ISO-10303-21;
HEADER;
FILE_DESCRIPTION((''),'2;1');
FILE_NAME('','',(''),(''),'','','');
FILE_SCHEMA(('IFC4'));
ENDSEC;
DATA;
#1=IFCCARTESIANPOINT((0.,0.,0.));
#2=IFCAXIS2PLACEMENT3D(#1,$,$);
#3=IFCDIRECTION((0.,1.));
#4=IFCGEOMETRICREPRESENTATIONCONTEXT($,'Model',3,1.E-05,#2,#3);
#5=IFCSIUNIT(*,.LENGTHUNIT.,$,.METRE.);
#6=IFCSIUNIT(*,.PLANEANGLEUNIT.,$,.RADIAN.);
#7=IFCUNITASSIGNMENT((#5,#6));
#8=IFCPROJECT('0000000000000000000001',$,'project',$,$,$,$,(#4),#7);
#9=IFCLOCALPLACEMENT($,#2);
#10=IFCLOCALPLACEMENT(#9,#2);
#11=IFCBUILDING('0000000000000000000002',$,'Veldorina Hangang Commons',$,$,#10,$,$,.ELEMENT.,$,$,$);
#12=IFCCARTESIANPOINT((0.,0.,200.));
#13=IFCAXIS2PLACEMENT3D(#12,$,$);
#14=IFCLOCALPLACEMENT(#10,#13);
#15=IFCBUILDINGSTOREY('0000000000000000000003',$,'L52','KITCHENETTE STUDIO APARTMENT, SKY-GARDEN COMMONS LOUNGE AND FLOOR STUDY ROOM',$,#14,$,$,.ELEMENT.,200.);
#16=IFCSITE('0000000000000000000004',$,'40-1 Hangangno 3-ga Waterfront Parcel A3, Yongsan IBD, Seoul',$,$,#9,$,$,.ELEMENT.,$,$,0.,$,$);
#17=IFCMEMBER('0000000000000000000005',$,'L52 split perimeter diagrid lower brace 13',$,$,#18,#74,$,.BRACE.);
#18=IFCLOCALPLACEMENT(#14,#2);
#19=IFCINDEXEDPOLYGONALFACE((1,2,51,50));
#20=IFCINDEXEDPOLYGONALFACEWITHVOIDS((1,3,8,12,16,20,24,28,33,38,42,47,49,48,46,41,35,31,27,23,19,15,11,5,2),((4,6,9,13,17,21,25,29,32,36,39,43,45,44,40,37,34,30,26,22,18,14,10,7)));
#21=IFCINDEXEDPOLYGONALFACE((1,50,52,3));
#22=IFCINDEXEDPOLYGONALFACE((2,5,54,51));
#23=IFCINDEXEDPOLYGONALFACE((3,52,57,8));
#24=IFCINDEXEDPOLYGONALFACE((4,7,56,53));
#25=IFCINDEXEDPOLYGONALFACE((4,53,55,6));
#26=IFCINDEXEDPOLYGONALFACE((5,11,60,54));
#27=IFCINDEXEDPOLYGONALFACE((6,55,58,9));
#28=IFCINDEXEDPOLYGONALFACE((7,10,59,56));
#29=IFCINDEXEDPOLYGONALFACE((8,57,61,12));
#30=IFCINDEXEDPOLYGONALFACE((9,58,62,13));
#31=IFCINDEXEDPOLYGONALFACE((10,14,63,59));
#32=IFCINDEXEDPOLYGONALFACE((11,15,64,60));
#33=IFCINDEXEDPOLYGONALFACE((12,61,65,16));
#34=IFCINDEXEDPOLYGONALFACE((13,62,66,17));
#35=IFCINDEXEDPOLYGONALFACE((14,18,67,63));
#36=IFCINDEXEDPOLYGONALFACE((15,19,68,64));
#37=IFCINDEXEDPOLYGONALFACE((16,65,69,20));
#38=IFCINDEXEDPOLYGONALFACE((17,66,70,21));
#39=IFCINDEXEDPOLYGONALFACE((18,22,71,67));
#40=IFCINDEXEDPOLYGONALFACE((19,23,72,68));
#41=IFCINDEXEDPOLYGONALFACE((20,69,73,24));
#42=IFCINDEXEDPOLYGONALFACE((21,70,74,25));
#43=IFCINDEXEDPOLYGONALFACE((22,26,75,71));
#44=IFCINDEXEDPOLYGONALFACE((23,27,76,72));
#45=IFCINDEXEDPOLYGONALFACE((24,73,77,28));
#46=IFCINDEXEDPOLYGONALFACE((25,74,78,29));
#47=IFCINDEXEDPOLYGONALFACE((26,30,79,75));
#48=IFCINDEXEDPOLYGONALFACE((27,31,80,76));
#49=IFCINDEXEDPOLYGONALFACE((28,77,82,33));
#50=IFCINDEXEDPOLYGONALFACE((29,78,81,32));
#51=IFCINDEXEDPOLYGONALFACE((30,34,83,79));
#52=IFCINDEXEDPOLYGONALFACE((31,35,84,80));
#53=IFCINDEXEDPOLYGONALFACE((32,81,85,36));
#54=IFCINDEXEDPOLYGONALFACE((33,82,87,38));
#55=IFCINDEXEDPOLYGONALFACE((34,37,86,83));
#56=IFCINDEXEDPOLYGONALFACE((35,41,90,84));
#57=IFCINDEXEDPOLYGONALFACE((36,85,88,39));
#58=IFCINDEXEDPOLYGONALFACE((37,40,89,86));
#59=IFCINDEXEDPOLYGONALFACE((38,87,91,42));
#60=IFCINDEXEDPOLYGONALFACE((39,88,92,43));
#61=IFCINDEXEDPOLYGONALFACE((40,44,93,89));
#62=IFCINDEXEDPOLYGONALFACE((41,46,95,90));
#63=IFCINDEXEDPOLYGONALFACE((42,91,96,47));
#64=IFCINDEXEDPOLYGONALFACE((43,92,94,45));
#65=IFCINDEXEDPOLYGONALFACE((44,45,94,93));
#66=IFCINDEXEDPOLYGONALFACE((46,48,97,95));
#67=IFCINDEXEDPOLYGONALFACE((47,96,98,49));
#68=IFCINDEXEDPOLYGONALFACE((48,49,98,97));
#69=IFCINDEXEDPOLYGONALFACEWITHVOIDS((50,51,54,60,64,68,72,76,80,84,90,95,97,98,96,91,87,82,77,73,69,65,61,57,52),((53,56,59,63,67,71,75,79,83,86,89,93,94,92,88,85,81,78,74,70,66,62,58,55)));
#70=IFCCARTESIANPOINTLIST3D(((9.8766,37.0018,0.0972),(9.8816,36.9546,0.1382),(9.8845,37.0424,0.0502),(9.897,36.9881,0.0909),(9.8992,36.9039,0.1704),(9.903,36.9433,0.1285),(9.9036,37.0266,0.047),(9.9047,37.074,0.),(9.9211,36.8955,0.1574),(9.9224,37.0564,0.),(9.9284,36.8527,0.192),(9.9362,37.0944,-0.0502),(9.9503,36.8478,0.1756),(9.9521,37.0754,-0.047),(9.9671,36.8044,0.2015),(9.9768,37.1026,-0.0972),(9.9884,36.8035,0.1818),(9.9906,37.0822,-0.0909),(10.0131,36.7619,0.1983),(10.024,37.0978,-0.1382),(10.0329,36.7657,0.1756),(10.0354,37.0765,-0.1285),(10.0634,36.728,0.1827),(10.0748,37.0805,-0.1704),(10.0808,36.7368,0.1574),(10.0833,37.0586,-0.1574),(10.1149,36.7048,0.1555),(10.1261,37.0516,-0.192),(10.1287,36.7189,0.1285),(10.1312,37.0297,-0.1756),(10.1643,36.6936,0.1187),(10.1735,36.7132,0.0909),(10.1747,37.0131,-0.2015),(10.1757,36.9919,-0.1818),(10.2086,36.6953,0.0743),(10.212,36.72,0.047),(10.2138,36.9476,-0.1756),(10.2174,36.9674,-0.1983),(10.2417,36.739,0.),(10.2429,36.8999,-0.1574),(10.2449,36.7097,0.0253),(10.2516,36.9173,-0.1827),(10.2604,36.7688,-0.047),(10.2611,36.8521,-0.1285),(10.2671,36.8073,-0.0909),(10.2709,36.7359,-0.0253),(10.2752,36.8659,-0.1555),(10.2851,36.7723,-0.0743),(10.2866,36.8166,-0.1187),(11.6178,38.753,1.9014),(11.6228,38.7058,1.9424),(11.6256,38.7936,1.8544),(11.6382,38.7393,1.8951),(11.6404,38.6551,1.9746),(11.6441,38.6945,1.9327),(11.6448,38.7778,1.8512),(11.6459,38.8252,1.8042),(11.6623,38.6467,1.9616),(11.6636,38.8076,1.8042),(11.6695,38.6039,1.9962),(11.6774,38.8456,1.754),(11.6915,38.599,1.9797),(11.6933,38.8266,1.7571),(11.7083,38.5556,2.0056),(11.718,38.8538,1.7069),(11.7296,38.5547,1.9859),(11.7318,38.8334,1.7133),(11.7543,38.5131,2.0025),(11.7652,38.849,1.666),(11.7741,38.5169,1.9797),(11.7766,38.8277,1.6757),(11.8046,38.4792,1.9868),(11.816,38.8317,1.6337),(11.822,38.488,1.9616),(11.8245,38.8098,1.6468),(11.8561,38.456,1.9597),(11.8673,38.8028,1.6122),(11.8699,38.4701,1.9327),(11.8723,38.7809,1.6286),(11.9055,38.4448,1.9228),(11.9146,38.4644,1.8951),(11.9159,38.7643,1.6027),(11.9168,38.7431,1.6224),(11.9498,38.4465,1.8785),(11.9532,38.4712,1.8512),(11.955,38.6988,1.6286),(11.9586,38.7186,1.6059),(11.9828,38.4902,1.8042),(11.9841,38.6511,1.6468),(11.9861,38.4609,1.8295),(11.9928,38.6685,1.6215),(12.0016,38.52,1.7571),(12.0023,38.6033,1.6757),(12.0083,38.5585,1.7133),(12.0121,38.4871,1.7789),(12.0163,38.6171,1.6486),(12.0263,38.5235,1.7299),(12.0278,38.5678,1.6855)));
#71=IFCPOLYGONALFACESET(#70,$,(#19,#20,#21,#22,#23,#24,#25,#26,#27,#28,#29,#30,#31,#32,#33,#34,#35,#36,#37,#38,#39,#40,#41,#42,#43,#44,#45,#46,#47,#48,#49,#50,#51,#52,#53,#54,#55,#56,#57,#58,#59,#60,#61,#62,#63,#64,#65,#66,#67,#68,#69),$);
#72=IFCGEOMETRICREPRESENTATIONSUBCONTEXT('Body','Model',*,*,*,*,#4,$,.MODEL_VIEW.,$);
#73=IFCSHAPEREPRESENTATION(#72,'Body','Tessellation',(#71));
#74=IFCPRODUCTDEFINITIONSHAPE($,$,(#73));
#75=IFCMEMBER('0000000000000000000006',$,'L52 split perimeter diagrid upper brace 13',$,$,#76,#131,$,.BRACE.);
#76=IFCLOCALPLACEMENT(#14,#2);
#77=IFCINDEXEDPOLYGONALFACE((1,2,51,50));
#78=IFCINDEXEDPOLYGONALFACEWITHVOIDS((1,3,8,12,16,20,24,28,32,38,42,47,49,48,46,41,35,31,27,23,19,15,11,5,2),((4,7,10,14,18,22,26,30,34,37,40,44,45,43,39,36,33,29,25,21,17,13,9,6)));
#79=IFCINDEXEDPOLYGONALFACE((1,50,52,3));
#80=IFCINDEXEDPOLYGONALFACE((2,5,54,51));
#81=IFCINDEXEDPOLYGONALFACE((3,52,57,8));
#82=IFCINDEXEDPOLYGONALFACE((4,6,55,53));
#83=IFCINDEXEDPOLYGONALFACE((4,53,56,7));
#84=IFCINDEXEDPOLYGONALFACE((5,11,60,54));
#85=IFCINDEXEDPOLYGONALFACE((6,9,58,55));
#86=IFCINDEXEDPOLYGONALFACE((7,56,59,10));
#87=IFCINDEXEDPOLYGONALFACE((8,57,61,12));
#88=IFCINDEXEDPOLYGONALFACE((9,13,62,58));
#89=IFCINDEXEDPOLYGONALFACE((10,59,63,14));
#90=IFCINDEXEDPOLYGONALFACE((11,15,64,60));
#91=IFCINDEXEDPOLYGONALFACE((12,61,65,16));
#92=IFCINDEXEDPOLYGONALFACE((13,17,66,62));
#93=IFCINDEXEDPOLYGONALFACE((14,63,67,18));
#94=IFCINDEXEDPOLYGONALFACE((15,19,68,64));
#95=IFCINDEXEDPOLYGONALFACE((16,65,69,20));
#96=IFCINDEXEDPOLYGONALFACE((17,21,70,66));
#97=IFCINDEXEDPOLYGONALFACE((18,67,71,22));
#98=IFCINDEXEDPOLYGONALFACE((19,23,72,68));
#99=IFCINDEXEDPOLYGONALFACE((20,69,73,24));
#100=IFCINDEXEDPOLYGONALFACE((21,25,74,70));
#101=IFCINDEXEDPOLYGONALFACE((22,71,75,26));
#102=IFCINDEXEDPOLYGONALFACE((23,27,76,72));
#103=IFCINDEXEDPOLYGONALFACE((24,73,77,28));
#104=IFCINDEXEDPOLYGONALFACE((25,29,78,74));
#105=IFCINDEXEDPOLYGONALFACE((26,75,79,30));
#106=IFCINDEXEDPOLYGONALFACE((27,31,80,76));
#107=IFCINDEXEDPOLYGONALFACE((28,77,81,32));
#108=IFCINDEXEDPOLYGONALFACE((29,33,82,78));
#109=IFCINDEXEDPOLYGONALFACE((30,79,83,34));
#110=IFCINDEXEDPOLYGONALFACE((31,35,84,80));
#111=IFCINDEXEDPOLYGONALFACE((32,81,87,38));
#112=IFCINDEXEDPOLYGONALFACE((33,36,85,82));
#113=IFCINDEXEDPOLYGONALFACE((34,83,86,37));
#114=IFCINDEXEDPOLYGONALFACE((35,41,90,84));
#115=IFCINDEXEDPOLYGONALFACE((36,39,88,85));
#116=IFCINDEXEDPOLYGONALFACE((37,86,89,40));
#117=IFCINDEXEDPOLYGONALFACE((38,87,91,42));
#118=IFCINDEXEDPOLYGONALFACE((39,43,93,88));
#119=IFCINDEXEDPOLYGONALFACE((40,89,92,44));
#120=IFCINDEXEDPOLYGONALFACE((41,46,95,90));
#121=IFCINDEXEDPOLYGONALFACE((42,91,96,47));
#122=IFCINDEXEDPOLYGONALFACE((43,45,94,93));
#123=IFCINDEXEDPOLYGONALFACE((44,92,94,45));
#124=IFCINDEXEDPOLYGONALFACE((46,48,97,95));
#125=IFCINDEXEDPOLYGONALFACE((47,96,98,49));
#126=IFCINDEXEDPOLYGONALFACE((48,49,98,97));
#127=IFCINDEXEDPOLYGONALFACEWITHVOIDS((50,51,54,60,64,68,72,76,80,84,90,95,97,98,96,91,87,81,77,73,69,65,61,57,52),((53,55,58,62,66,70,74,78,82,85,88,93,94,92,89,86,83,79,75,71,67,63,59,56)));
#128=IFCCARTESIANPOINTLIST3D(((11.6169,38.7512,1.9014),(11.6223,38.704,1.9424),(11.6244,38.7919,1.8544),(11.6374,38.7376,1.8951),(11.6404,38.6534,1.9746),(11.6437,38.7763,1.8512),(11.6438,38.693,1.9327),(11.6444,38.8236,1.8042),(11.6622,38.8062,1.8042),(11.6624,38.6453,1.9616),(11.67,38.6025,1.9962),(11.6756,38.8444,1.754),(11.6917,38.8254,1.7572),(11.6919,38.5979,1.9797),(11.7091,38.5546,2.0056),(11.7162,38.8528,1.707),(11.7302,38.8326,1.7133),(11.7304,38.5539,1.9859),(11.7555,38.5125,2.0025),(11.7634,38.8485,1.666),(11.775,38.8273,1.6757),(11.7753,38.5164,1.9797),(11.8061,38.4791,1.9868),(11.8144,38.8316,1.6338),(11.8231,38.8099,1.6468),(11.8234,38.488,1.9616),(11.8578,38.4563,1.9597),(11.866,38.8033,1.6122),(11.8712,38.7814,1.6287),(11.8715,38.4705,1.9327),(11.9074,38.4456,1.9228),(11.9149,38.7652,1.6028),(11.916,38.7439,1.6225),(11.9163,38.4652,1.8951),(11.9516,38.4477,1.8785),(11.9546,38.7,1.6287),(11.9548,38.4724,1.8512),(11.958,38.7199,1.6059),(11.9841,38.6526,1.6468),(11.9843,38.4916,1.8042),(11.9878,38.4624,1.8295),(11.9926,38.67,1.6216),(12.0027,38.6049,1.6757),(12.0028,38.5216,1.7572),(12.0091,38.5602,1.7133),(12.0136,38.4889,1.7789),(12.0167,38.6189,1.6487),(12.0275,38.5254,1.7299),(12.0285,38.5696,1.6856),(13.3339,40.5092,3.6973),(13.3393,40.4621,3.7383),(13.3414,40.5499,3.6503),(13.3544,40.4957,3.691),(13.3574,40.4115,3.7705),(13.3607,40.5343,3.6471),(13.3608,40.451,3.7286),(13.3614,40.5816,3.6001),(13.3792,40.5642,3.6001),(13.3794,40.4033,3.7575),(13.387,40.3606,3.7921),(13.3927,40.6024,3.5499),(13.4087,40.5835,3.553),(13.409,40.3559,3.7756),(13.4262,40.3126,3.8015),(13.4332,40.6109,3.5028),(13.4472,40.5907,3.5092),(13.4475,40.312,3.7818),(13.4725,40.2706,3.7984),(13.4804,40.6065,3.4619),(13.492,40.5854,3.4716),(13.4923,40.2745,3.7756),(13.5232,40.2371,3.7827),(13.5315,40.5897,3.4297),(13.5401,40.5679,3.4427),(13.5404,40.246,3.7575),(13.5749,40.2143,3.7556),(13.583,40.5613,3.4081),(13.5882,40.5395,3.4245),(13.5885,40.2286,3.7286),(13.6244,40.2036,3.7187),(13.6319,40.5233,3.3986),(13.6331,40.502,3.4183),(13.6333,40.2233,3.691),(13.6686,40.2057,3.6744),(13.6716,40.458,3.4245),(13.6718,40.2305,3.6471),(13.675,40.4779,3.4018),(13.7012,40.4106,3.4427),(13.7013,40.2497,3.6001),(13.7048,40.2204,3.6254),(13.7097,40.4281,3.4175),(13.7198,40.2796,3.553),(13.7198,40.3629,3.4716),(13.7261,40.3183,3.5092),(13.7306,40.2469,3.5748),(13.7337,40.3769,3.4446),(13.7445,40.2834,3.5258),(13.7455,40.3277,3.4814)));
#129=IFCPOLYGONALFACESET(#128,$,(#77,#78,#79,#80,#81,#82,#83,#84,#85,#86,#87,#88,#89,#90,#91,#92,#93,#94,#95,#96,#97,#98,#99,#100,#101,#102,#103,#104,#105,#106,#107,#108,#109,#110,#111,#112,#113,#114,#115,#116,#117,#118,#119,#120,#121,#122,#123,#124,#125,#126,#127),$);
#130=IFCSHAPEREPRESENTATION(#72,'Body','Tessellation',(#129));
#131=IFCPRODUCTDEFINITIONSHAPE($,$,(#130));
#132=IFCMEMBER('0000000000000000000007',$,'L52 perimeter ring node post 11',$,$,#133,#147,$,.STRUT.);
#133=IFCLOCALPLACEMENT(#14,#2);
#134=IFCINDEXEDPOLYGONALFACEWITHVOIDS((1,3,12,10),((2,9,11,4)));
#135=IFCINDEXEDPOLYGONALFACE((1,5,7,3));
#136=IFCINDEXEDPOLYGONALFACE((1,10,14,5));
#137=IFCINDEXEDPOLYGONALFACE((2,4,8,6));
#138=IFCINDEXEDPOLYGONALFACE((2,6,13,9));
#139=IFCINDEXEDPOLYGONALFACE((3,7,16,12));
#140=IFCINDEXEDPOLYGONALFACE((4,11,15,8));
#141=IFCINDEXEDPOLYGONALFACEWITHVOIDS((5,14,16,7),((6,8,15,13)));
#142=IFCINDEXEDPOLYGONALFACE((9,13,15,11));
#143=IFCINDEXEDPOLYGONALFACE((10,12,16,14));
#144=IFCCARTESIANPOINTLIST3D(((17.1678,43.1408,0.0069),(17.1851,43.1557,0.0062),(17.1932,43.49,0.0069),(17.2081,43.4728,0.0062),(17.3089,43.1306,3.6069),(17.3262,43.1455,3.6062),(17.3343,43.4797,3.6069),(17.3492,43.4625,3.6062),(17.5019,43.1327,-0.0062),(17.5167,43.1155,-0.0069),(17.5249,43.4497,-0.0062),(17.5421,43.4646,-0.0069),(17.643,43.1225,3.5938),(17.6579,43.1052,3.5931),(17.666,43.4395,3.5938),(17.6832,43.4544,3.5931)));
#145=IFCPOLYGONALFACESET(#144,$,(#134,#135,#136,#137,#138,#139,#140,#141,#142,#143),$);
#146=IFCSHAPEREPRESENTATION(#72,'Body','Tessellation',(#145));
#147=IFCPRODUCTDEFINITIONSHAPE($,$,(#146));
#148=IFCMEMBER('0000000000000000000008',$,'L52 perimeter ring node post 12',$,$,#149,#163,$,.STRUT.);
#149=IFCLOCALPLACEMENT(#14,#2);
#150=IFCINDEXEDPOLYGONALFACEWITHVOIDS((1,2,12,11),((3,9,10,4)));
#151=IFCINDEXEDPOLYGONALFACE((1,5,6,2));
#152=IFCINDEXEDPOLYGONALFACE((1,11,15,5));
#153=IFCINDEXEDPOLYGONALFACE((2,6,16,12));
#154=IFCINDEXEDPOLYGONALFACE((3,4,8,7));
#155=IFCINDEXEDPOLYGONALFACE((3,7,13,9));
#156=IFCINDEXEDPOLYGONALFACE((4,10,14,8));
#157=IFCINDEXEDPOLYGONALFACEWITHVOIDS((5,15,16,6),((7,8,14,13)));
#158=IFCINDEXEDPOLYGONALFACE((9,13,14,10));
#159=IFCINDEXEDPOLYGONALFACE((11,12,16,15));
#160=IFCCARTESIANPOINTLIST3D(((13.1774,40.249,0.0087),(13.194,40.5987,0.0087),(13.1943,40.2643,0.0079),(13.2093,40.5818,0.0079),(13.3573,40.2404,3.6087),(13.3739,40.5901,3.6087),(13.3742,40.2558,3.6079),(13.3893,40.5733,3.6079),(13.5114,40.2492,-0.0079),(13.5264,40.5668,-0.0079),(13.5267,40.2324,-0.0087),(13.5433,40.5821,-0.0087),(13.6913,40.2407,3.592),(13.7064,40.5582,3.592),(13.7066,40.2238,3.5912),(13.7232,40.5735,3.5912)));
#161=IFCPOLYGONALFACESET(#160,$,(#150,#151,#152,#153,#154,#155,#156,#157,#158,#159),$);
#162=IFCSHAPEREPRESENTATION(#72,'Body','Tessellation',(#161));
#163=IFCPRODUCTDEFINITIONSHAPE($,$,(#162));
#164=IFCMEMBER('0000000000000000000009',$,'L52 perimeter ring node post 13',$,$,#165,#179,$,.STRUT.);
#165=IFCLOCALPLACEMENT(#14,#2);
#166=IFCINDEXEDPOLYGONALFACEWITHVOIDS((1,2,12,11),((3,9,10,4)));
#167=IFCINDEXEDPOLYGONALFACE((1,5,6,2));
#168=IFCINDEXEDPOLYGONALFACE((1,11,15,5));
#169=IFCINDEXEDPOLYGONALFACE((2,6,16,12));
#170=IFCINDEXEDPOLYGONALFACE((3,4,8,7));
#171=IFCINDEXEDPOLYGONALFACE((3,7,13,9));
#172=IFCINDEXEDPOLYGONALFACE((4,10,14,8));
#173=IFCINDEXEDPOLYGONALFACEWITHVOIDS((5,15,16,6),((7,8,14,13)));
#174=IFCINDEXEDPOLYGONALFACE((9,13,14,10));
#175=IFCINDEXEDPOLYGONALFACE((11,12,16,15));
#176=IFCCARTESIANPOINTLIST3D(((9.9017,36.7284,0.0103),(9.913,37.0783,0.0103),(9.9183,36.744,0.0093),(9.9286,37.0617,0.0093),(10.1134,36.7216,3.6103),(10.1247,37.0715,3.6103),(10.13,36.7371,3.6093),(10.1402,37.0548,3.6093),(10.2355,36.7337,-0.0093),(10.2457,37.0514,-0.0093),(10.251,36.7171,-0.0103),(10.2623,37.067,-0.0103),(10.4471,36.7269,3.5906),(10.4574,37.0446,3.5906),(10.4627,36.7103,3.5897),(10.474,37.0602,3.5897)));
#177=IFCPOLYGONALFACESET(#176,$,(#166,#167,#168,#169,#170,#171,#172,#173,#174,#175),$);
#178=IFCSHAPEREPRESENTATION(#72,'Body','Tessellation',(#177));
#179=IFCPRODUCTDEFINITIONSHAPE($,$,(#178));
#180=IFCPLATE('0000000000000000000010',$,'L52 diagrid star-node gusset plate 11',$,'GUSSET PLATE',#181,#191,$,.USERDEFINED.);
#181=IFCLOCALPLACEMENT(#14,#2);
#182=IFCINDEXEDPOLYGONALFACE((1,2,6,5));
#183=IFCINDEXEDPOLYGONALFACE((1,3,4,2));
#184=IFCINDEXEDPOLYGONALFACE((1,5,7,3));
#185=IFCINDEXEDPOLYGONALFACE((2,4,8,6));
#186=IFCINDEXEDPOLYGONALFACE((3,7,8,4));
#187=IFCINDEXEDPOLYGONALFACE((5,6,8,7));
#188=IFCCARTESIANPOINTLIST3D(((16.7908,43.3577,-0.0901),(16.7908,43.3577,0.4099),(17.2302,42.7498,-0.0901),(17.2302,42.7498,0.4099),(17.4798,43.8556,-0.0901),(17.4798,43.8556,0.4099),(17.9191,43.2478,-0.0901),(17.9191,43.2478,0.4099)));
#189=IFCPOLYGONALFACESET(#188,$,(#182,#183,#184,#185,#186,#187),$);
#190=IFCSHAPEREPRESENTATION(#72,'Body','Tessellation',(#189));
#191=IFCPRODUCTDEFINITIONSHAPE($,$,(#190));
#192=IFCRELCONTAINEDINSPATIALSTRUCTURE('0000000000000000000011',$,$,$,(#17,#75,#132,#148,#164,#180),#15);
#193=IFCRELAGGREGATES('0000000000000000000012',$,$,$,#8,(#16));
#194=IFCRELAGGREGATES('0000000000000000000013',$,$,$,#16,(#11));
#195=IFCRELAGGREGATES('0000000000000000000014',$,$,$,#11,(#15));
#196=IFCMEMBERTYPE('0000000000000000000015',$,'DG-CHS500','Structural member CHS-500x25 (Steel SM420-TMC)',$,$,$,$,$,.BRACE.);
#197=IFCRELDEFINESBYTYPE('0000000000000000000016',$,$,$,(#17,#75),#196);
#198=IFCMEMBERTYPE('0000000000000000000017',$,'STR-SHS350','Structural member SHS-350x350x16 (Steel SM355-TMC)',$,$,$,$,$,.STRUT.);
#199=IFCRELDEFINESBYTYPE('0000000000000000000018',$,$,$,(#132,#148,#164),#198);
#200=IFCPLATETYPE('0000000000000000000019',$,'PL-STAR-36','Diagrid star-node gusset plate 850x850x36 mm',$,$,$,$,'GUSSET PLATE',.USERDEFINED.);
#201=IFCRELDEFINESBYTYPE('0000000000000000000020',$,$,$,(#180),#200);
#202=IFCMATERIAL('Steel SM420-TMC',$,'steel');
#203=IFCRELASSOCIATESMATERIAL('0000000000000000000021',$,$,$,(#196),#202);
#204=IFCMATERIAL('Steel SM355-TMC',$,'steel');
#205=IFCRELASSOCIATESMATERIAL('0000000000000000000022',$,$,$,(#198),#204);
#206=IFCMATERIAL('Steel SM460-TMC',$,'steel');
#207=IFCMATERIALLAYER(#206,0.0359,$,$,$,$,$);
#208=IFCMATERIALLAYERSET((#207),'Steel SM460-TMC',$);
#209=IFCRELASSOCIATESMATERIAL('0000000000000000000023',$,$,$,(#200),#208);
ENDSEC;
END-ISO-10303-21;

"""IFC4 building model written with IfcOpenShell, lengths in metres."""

from ifc_helpers import new_model, si_unit, direction, frame, origin, origin_2d, place, context, subcontext, project, spatial, rectangle, hollow_rectangle, hollow_circle, extrude, material, layer, layer_set, material_profile, profile_set, type_object, element, save


model = new_model("IFC4")

# Units and contexts
model_context = context("Model", 3, precision=1e-05, world=origin(), true_north=direction((0.0, 1.0)))
body_context = subcontext(model_context, "Body", "Model", "MODEL_VIEW")
ifc_project = project(units=[si_unit("LENGTHUNIT", "METRE"), si_unit("PLANEANGLEUNIT", "RADIAN")], contexts=[model_context])

# Site, building, storey
site_placement = place(None, origin())
site = spatial("IfcSite", under=ifc_project, at=site_placement, Name="40-1 Hangangno 3-ga Waterfront Parcel A3, Yongsan IBD, Seoul", CompositionType="ELEMENT", RefElevation=0.0)
building_placement = place(site_placement, origin())
building = spatial("IfcBuilding", under=site, at=building_placement, Name="Veldorina Hangang Commons", CompositionType="ELEMENT")
storey_placement = place(building_placement, frame((0.0, 0.0, 200.0)))
storey = spatial("IfcBuildingStorey", under=building, at=storey_placement, Name="L52", Description="KITCHENETTE STUDIO APARTMENT, SKY-GARDEN COMMONS LOUNGE AND FLOOR STUDY ROOM", CompositionType="ELEMENT", Elevation=200.0)

# Shared definitions
ifc_material_1 = material(Name="Steel SM355-TMC", Category="steel")
ifc_material_2 = material(Name="Steel SM420-TMC", Category="steel")

# Members
ifc_material_profile_1 = material_profile(ifc_material_2, hollow_circle(Radius=0.25, WallThickness=0.0249, at=origin_2d()), Name="CHS-500x25")
ifc_profile_set_1 = profile_set([ifc_material_profile_1], Name="Steel SM420-TMC")
member_type_1 = type_object("IfcMemberType", Name="DG-CHS500", Description="Structural member CHS-500x25 (Steel SM420-TMC)", PredefinedType="BRACE", material=ifc_profile_set_1)
member_1_placement = place(storey_placement, frame((10.082, 36.8977, 0.0), z_axis=(0.569323, 0.572596, 0.589919), x_axis=(-0.709131, 0.705077, 0.0)))
element("IfcMember", 1, at=member_1_placement, inside=storey, type_object=member_type_1, Name="L52 split perimeter diagrid lower brace 13", PredefinedType="BRACE", context=body_context, shape_type="SweptSolid", body=[
    extrude(hollow_circle(Radius=0.25, WallThickness=0.0249, at=origin_2d()), origin(), (0.0, 0.0, 1.0), 3.0583),
])
member_2_placement = place(storey_placement, frame((11.8232, 38.6489, 1.8042), z_axis=(0.564125, 0.577601, 0.590034), x_axis=(-0.715403, 0.698712, 0.0)))
element("IfcMember", 2, at=member_2_placement, inside=storey, type_object=member_type_1, Name="L52 split perimeter diagrid upper brace 13", PredefinedType="BRACE", context=body_context, shape_type="SweptSolid", body=[
    extrude(hollow_circle(Radius=0.25, WallThickness=0.0249, at=origin_2d()), origin(), (0.0, 0.0, 1.0), 3.0437),
])
ifc_material_profile_2 = material_profile(ifc_material_1, hollow_rectangle(XDim=0.3501, YDim=0.3501, WallThickness=0.0161, at=origin_2d()), Name="SHS-350x350x16")
ifc_profile_set_2 = profile_set([ifc_material_profile_2], Name="Steel SM355-TMC")
member_type_2 = type_object("IfcMemberType", Name="STR-SHS350", Description="Structural member SHS-350x350x16 (Steel SM355-TMC)", PredefinedType="STRUT", material=ifc_profile_set_2)
member_3_placement = place(storey_placement, frame((17.355, 43.3027, 0.0), z_axis=(0.039167, -0.002846, 0.999229), x_axis=(0.072473, 0.99737, 0.0)))
element("IfcMember", 3, at=member_3_placement, inside=storey, type_object=member_type_2, Name="L52 perimeter ring node post 11", PredefinedType="STRUT", context=body_context, shape_type="SweptSolid", body=[
    extrude(hollow_rectangle(XDim=0.3501, YDim=0.3501, WallThickness=0.0161, at=origin_2d()), origin(), (0.0, 0.0, 1.0), 3.6028),
])
member_4_placement = place(storey_placement, frame((13.3604, 40.4155, 0.0), z_axis=(0.049917, -0.002371, 0.998751), x_axis=(0.047436, 0.998874, 0.0)))
element("IfcMember", 4, at=member_4_placement, inside=storey, type_object=member_type_2, Name="L52 perimeter ring node post 12", PredefinedType="STRUT", context=body_context, shape_type="SweptSolid", body=[
    extrude(hollow_rectangle(XDim=0.3501, YDim=0.3501, WallThickness=0.0161, at=origin_2d()), origin(), (0.0, 0.0, 1.0), 3.6045),
])
member_5_placement = place(storey_placement, frame((10.082, 36.8977, 0.0), z_axis=(0.058694, -0.001896, 0.998274), x_axis=(0.032278, 0.999479, 0.0)))
element("IfcMember", 5, at=member_5_placement, inside=storey, type_object=member_type_2, Name="L52 perimeter ring node post 13", PredefinedType="STRUT", context=body_context, shape_type="SweptSolid", body=[
    extrude(hollow_rectangle(XDim=0.3501, YDim=0.3501, WallThickness=0.0161, at=origin_2d()), origin(), (0.0, 0.0, 1.0), 3.6062),
])

# Plate
ifc_material_3 = material(Name="Steel SM460-TMC", Category="steel")
ifc_layer_1 = layer(ifc_material_3, 0.0359)
ifc_layer_set_1 = layer_set([ifc_layer_1], Name="Steel SM460-TMC")
plate_type = type_object("IfcPlateType", Name="PL-STAR-36", Description="Diagrid star-node gusset plate 850x850x36 mm", ElementType="GUSSET PLATE", PredefinedType="USERDEFINED", material=ifc_layer_set_1)
for number, where, z_axis, x_axis, name in (
    (6, (17.355, 43.3027, -0.0901), (0.0, 0.0, 1.0), (-0.810471, -0.585778, 0.0), "L52 diagrid star-node gusset plate 11"),
):
    element("IfcPlate", number, at=place(storey_placement, frame(where, z_axis=z_axis, x_axis=x_axis)), inside=storey, type_object=plate_type, Name=name, ObjectType="GUSSET PLATE", PredefinedType="USERDEFINED", context=body_context, shape_type="SweptSolid", body=[
        extrude(rectangle(XDim=0.8501, YDim=0.75, at=origin_2d()), origin(), (0.0, 0.0, 1.0), 0.5),
    ])

save(model, "model.ifc")
